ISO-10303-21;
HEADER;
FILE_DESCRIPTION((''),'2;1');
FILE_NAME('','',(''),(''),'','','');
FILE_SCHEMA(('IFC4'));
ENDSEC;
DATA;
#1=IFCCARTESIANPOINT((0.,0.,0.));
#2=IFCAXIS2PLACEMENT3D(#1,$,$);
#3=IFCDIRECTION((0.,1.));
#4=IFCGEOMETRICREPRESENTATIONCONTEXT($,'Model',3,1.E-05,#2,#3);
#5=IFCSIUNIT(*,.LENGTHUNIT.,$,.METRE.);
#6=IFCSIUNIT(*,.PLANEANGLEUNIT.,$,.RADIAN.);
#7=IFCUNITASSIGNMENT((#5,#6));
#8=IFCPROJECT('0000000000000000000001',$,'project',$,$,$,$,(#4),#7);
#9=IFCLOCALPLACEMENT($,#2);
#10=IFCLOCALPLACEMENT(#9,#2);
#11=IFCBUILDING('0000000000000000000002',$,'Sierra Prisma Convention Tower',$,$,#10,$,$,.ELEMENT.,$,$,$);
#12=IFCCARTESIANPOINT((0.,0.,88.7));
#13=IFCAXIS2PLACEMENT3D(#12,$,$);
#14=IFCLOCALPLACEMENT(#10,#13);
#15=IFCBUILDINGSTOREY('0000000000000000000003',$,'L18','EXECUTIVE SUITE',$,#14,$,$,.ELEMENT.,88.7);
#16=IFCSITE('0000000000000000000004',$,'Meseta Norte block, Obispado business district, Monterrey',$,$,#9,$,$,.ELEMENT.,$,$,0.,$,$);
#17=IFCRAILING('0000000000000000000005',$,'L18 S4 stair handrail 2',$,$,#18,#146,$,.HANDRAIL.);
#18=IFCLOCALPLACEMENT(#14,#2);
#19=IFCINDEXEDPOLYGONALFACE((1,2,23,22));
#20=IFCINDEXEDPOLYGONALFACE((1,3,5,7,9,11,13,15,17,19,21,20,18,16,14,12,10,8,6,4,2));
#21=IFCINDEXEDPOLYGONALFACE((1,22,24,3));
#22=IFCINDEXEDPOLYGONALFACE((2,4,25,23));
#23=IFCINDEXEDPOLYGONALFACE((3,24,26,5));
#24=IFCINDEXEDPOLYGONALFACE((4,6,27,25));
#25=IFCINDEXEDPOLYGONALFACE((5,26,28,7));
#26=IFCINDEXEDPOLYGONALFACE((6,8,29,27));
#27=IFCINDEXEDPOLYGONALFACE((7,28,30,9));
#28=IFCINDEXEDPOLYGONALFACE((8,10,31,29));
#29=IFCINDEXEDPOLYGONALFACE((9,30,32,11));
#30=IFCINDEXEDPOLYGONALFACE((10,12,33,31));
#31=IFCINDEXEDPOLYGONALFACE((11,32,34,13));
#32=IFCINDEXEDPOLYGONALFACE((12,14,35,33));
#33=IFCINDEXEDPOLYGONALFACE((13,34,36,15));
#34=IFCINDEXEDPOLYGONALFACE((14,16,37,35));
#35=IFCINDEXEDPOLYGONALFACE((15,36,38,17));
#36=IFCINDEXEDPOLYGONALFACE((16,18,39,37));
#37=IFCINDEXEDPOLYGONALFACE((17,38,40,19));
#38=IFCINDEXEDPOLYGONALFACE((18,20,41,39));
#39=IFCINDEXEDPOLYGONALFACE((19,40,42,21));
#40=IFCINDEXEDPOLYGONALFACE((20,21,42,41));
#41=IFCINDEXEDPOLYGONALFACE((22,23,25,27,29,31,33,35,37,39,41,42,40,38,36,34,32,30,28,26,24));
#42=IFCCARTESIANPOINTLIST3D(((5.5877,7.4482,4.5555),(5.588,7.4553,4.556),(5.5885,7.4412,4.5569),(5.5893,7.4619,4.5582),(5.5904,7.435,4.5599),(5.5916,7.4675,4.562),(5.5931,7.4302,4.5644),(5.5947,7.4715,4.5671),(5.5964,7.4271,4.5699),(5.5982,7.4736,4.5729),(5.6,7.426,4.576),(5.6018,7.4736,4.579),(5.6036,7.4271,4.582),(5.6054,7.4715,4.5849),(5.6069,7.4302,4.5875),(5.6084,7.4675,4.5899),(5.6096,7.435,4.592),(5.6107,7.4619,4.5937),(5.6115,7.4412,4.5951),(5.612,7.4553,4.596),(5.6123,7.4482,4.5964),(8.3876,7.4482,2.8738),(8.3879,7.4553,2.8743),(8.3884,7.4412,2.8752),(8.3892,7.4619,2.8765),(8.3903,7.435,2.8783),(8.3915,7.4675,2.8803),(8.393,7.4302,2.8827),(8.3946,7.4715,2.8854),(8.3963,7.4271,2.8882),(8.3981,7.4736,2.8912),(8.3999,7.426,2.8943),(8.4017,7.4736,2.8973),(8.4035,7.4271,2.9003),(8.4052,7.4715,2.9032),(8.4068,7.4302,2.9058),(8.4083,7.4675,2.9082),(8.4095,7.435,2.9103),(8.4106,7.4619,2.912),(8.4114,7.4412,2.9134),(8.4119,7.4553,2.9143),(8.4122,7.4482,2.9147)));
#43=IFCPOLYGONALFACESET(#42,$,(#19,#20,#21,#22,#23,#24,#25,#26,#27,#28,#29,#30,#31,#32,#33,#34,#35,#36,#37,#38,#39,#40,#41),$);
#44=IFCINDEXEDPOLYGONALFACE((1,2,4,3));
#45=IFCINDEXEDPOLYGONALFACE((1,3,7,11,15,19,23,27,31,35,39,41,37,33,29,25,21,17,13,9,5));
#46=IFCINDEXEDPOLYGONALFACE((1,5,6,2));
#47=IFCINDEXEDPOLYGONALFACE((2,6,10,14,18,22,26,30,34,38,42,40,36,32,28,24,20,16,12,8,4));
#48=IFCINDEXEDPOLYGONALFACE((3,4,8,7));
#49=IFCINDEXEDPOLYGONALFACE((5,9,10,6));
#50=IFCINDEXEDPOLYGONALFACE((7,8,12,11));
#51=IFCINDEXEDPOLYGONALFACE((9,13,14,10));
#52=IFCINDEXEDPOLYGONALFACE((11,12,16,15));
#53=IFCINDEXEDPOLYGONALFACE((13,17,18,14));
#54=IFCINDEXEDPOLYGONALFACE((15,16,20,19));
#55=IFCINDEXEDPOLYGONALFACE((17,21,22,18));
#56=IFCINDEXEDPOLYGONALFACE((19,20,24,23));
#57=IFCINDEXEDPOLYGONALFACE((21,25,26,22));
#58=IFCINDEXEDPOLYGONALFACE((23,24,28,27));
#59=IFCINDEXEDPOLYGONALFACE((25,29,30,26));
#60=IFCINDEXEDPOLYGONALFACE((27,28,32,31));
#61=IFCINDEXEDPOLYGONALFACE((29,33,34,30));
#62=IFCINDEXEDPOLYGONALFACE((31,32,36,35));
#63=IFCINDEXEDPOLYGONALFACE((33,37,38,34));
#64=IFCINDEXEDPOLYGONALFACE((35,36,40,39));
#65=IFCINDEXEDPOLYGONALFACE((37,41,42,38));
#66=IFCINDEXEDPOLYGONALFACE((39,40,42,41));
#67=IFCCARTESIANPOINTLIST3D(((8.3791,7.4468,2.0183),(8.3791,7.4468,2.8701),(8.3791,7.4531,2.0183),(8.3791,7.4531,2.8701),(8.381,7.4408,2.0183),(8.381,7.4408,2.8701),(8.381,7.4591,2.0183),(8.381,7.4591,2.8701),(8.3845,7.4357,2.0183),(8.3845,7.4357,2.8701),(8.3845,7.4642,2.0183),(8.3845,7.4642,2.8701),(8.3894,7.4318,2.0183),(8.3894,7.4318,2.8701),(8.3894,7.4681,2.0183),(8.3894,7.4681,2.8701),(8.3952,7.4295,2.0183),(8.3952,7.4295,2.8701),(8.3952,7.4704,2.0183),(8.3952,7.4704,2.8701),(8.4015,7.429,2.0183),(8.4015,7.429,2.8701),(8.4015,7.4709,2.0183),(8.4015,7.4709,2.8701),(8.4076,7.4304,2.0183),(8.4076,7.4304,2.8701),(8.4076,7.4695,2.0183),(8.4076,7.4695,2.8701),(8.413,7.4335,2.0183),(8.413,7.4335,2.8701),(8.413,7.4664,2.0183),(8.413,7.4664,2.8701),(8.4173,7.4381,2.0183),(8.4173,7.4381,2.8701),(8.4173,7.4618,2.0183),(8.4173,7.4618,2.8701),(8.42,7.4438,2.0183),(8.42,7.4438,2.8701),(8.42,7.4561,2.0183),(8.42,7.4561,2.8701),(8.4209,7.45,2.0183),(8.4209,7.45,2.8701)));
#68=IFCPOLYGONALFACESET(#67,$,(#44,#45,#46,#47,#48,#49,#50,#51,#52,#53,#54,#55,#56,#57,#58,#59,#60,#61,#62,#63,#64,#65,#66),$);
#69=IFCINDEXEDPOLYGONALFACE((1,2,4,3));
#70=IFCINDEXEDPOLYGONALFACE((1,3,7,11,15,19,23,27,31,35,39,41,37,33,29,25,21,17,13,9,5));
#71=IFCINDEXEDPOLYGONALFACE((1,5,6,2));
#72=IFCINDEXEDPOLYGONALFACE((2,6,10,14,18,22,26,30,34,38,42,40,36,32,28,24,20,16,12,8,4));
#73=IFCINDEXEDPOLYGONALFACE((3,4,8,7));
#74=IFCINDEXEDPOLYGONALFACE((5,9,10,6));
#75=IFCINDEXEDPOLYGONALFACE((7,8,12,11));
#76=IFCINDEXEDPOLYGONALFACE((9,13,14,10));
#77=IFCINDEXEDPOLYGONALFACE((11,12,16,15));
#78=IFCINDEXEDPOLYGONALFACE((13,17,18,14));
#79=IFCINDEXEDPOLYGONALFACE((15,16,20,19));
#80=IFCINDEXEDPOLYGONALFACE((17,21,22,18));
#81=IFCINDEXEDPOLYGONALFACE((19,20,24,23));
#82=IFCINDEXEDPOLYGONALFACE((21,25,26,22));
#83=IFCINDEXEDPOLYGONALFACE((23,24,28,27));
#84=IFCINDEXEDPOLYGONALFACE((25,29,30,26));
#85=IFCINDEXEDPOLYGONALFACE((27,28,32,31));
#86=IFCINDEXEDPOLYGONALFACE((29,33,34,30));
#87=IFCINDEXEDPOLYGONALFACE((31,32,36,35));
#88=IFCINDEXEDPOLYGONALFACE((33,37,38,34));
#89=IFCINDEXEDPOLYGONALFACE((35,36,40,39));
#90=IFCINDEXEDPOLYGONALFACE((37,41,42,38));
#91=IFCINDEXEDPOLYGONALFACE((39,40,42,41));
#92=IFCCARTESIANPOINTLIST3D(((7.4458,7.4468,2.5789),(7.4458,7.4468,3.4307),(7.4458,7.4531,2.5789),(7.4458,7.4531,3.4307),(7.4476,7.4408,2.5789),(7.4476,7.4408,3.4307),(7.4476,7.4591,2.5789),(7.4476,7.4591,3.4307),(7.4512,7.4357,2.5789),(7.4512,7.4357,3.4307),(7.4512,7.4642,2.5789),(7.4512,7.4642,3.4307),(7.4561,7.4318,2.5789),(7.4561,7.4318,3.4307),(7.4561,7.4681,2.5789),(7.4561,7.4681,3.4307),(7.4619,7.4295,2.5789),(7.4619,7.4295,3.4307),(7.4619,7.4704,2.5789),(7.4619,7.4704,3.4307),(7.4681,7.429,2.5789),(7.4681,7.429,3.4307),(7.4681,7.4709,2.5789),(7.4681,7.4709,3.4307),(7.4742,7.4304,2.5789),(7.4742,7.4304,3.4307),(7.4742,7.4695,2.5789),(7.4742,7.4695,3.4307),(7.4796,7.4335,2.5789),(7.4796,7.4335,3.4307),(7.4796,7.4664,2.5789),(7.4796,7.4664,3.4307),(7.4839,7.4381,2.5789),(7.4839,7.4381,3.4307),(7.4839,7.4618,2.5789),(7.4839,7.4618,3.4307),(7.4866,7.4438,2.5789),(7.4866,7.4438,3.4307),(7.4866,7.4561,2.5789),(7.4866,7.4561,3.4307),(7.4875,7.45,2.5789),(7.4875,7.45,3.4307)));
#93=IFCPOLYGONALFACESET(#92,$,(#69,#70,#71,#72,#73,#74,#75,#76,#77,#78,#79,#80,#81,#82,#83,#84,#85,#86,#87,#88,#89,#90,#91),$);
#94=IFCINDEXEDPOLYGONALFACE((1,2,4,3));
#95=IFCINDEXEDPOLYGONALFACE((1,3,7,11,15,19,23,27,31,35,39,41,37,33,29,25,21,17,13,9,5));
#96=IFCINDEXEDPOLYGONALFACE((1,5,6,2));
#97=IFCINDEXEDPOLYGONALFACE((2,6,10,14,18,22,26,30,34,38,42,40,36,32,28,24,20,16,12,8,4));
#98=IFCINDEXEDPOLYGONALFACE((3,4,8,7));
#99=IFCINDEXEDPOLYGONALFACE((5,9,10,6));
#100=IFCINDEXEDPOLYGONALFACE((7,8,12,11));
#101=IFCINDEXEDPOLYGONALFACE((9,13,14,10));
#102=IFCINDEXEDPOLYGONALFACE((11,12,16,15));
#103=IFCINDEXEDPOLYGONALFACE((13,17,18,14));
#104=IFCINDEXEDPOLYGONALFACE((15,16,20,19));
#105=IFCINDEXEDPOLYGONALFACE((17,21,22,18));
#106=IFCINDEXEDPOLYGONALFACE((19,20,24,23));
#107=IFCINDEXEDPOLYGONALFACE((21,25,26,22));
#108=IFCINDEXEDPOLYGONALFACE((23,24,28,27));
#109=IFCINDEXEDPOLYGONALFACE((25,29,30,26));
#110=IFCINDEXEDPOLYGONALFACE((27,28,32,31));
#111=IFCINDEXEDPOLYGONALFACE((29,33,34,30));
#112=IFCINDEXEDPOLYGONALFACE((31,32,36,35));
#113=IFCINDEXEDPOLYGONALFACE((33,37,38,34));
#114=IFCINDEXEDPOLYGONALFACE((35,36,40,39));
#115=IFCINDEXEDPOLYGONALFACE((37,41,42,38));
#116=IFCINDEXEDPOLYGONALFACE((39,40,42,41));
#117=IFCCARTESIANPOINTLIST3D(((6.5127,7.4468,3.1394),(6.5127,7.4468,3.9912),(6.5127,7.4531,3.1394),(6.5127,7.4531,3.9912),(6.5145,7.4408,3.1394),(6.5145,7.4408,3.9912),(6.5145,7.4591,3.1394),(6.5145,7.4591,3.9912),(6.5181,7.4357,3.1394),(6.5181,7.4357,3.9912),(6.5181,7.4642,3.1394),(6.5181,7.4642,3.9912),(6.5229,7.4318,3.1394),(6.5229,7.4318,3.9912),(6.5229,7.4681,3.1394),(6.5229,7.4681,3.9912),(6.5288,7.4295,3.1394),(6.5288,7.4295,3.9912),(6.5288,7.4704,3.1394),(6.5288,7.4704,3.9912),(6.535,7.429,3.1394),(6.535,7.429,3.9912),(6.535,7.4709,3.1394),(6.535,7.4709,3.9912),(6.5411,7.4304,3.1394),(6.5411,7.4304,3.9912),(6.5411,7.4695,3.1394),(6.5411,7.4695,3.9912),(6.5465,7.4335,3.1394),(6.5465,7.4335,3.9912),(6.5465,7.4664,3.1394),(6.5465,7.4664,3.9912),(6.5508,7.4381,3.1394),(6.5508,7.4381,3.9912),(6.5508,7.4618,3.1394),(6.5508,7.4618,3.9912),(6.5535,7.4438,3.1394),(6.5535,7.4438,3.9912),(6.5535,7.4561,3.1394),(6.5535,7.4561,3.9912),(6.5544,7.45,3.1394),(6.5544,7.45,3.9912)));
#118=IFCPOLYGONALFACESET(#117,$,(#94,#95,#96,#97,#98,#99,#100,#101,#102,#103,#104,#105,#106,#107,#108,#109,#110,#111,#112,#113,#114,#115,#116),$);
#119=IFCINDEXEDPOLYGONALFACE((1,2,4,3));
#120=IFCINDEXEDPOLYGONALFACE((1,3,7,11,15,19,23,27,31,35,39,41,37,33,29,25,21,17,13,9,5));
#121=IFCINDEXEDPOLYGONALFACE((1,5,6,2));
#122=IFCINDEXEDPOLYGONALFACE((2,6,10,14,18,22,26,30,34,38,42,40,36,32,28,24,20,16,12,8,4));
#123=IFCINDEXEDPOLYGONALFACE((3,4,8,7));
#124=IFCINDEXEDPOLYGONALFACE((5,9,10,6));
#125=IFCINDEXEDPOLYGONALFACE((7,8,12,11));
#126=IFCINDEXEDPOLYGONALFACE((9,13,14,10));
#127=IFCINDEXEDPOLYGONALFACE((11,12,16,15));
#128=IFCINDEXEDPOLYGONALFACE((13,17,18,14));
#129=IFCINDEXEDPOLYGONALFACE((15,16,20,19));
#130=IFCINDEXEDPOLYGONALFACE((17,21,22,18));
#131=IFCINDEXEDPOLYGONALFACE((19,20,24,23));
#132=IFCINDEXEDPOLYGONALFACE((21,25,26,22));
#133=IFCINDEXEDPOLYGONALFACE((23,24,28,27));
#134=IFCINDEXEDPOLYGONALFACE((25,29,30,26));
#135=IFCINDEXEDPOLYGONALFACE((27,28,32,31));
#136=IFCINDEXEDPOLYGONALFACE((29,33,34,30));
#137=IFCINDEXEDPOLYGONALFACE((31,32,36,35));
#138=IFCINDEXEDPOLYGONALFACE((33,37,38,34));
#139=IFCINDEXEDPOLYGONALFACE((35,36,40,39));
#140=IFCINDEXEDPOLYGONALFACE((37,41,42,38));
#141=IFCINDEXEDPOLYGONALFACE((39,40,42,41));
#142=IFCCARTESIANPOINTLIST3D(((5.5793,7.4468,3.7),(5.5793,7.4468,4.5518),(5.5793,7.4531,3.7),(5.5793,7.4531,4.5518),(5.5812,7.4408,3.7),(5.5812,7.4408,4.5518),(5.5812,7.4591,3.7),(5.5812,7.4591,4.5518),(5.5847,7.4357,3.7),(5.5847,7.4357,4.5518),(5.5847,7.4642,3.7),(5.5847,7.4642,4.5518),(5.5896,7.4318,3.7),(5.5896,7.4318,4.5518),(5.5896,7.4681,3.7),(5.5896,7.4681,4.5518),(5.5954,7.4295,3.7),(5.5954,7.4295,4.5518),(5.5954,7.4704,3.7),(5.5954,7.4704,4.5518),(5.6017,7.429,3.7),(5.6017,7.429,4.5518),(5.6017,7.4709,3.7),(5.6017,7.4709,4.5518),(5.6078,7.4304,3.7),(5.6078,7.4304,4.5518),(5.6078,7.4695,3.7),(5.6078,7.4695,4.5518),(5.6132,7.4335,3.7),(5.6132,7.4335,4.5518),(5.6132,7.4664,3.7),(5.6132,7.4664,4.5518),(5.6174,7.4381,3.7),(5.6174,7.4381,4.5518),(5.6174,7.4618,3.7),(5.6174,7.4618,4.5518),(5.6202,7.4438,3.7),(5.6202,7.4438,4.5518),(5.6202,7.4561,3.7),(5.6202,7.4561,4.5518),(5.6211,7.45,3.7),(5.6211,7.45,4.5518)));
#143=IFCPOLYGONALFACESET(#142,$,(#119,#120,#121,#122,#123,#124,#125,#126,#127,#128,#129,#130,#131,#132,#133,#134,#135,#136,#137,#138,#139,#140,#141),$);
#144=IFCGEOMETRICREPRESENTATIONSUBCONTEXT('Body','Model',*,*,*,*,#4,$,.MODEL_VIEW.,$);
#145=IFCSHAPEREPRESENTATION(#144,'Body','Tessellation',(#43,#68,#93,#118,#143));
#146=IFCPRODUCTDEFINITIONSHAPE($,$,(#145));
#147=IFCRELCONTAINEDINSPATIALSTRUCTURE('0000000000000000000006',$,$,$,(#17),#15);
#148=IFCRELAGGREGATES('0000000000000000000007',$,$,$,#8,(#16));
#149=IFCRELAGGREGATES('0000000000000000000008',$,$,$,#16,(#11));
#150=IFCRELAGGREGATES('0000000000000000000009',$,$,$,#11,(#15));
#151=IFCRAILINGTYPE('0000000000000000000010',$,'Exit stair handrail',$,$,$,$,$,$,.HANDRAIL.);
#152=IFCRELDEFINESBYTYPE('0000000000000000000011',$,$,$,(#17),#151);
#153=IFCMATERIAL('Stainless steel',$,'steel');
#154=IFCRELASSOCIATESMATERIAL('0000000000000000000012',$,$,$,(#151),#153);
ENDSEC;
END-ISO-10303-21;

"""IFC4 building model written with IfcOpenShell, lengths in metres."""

from ifc_helpers import new_model, si_unit, direction, frame, origin, origin_2d, place, context, subcontext, project, spatial, circle, extrude, material, type_object, element, save


model = new_model("IFC4")

# Units and contexts
model_context = context("Model", 3, precision=1e-05, world=origin(), true_north=direction((0.0, 1.0)))
body_context = subcontext(model_context, "Body", "Model", "MODEL_VIEW")
ifc_project = project(units=[si_unit("LENGTHUNIT", "METRE"), si_unit("PLANEANGLEUNIT", "RADIAN")], contexts=[model_context])

# Site, building, storey
site_placement = place(None, origin())
site = spatial("IfcSite", under=ifc_project, at=site_placement, Name="Meseta Norte block, Obispado business district, Monterrey", CompositionType="ELEMENT", RefElevation=0.0)
building_placement = place(site_placement, origin())
building = spatial("IfcBuilding", under=site, at=building_placement, Name="Sierra Prisma Convention Tower", CompositionType="ELEMENT")
storey_placement = place(building_placement, frame((0.0, 0.0, 88.7)))
storey = spatial("IfcBuildingStorey", under=building, at=storey_placement, Name="L18", Description="EXECUTIVE SUITE", CompositionType="ELEMENT", Elevation=88.7)

# Railing
ifc_material_1 = material(Name="Stainless steel", Category="steel")
railing_type_1 = type_object("IfcRailingType", Name="Exit stair handrail", PredefinedType="HANDRAIL", material=ifc_material_1)
railing_1_placement = place(storey_placement, frame((8.3999, 7.45, 2.0183)))
element("IfcRailing", 1, at=railing_1_placement, inside=storey, type_object=railing_type_1, Name="L18 S4 stair handrail 2", PredefinedType="HANDRAIL", context=body_context, shape_type="SweptSolid", body=[
    extrude(circle(Radius=0.0239, at=origin_2d()), frame((0.0, 0.0, 0.876), z_axis=(-0.857255, 0.0, 0.514891), x_axis=(0.0, -1.0, 0.0)), (0.0, 0.0, 1.0), 3.2661),
    extrude(circle(Radius=0.021, at=origin_2d()), origin(), (0.0, 0.0, 1.0), 0.8518),
    extrude(circle(Radius=0.021, at=origin_2d()), frame((-0.9333, 0.0, 0.5605)), (0.0, 0.0, 1.0), 0.8518),
    extrude(circle(Radius=0.021, at=origin_2d()), frame((-1.8665, 0.0, 1.1211)), (0.0, 0.0, 1.0), 0.8518),
    extrude(circle(Radius=0.021, at=origin_2d()), frame((-2.7998, 0.0, 1.6816)), (0.0, 0.0, 1.0), 0.8518),
])

save(model, "model.ifc")
